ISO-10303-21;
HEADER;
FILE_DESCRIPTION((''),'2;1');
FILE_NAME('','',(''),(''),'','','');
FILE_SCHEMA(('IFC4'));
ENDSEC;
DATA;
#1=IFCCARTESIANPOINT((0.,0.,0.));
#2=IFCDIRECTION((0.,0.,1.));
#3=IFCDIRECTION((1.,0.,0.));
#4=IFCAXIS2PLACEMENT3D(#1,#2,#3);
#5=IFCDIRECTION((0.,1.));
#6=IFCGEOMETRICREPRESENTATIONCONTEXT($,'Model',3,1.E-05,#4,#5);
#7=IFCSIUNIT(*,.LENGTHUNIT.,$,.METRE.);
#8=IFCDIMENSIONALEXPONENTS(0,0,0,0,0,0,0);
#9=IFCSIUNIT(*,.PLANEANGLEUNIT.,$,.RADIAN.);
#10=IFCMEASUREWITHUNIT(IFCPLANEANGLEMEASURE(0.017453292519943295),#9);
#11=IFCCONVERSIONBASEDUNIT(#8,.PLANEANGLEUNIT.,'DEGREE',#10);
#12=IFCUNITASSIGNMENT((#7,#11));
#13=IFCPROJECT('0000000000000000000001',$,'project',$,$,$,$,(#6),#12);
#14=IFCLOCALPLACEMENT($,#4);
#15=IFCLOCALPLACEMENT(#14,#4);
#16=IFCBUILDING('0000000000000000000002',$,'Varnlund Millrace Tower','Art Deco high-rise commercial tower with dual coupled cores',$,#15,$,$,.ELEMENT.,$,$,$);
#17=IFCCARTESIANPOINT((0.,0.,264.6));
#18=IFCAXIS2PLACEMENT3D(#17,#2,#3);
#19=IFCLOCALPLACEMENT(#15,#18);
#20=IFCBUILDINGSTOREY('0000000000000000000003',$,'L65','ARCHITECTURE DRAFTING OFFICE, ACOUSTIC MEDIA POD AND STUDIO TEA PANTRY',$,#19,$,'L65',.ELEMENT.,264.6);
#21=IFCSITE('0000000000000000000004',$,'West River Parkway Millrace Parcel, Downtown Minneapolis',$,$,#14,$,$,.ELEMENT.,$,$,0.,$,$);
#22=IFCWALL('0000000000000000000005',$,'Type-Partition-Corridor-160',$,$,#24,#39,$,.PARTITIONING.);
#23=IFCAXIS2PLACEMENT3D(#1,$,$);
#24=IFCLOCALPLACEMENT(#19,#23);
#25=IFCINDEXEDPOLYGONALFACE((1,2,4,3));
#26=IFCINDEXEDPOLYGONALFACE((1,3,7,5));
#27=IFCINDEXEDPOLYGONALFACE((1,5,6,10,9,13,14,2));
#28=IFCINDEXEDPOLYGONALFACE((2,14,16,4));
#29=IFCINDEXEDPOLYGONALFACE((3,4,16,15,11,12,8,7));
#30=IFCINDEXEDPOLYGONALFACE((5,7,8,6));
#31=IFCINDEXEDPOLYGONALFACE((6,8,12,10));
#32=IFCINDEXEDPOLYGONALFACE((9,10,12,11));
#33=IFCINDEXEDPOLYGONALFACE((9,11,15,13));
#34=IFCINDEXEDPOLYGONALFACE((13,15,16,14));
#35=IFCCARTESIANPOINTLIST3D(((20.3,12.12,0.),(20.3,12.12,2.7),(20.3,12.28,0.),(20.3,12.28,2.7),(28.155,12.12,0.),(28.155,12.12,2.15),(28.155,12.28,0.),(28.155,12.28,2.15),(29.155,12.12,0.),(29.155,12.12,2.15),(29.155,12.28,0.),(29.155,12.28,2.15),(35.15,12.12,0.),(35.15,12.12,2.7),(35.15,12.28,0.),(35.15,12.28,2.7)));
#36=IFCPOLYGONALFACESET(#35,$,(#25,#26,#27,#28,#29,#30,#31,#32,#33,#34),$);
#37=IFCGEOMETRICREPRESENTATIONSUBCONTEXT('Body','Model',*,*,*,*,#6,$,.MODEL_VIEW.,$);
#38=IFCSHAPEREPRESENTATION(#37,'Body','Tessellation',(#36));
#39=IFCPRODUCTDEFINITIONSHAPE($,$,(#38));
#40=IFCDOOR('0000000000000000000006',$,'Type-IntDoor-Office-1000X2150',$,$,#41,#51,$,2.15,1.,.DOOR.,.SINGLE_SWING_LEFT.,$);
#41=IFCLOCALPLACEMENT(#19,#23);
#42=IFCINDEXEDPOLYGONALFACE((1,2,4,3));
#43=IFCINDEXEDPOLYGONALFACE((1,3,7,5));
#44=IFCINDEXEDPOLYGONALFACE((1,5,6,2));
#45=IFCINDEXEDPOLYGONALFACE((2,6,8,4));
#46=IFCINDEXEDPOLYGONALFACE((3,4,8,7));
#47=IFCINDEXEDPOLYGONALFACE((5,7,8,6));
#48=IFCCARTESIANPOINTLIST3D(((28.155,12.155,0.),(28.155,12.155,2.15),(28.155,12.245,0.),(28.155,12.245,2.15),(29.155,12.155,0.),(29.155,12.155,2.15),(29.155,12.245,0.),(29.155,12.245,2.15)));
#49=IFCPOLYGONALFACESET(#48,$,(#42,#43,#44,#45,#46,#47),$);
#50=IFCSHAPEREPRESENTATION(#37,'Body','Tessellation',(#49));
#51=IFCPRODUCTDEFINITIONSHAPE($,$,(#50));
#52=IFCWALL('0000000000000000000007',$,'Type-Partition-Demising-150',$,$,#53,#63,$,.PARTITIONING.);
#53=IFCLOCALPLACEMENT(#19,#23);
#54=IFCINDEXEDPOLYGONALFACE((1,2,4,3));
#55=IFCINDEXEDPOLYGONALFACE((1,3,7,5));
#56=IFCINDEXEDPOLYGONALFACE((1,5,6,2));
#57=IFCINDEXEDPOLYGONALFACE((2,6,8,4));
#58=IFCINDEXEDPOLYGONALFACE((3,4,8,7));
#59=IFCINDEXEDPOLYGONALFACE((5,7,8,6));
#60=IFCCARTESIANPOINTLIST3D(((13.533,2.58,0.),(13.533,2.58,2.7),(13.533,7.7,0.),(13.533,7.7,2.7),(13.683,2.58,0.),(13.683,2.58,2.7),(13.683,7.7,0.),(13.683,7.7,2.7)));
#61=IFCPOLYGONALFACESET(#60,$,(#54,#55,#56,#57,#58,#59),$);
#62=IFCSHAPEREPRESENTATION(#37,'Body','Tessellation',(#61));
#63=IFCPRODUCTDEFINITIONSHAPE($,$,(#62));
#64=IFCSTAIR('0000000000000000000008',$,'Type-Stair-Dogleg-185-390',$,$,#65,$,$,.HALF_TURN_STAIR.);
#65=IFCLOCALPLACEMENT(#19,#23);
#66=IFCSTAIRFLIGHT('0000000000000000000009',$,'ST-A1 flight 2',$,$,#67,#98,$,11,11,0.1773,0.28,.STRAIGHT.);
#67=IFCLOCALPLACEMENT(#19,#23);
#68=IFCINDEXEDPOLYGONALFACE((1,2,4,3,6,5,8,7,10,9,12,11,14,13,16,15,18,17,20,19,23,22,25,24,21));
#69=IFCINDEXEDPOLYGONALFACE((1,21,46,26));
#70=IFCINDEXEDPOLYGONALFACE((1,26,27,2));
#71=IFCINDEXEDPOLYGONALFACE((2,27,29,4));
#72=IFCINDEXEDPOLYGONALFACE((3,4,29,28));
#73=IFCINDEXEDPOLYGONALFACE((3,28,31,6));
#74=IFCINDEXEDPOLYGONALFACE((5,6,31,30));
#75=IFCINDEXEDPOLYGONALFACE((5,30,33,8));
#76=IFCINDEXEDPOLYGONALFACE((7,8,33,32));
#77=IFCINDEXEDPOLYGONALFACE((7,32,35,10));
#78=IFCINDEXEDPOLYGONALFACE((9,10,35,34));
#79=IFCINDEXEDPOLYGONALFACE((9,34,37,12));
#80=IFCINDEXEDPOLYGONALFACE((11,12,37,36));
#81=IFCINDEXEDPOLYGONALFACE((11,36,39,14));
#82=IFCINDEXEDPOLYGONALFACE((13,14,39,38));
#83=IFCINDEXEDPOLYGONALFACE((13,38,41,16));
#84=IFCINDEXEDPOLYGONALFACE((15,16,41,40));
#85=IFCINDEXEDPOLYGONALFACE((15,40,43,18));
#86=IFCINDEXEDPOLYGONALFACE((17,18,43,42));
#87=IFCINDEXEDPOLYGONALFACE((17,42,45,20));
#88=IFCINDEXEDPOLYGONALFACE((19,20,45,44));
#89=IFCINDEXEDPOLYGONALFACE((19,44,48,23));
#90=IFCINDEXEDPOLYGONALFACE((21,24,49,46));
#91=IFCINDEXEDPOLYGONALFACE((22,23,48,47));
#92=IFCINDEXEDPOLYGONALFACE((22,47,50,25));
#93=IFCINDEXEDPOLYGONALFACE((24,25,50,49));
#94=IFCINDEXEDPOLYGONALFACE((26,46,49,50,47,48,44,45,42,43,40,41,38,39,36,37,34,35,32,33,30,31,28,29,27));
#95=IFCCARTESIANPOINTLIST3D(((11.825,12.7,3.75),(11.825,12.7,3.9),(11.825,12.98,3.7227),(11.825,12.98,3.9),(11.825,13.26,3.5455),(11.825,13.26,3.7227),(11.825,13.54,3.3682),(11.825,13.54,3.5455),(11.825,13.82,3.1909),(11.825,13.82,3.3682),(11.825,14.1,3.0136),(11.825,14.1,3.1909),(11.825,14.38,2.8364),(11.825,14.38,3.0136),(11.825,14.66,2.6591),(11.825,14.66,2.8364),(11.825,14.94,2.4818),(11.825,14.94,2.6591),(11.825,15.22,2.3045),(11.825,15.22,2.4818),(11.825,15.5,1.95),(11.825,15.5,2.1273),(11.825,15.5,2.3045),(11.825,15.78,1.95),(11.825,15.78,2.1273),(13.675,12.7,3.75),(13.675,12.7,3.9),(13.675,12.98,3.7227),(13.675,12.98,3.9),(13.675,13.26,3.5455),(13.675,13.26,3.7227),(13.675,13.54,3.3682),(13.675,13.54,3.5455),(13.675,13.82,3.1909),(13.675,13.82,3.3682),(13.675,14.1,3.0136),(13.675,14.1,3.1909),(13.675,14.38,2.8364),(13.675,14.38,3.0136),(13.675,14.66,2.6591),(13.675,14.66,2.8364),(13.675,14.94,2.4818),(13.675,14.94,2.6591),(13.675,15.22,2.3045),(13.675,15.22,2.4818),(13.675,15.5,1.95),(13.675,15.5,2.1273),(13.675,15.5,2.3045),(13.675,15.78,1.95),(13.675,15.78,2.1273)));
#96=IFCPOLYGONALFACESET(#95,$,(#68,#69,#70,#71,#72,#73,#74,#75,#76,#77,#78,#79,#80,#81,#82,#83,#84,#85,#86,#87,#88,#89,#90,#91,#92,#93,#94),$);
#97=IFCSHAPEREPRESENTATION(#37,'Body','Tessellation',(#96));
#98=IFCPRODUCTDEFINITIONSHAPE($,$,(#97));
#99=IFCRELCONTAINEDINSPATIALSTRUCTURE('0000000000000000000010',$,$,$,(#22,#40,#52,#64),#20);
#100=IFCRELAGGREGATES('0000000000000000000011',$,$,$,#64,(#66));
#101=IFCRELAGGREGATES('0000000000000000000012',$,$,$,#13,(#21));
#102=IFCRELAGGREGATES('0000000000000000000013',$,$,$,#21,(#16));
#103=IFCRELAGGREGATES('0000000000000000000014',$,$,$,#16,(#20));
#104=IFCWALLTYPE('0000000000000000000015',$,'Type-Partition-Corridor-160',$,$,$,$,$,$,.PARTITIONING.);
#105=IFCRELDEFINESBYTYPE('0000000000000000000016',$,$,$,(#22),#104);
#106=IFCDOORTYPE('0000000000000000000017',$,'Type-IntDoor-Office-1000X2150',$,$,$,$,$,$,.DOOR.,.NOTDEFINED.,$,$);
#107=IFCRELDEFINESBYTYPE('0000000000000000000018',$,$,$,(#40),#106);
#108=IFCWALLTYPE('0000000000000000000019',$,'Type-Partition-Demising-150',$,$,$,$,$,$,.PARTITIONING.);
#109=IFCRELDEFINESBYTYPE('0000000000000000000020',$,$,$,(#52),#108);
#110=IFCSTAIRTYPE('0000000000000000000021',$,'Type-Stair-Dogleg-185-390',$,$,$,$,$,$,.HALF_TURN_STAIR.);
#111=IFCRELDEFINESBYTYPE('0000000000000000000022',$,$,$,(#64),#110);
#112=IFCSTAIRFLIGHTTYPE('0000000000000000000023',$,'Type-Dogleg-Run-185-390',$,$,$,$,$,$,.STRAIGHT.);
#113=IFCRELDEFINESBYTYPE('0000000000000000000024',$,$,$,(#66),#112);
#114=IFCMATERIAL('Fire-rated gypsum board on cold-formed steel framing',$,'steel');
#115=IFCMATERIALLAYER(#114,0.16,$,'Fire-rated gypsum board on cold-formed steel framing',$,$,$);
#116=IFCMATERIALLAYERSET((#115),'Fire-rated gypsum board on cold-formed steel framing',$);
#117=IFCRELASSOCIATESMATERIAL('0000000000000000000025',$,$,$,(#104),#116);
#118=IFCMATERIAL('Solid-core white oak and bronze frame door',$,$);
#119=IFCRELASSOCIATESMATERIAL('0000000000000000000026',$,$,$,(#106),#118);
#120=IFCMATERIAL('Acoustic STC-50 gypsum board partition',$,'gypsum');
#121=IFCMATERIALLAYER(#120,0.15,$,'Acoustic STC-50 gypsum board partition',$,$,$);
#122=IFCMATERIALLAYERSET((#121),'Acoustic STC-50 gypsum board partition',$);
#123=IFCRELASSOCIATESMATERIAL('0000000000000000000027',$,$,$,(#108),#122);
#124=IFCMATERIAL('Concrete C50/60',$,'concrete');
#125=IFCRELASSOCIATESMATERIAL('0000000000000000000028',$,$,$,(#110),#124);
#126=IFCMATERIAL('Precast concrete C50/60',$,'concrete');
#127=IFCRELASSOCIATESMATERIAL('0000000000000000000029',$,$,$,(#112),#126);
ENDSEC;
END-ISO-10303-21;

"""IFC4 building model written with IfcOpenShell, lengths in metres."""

from ifc_helpers import new_model, entity, si_unit, converted_unit, direction, frame, origin_with_axes, origin_2d_with_axis, place, context, subcontext, project, spatial, polyline, rectangle, outline, extrude, material, layer, layer_set, type_object, element, fill, aggregate, save


model = new_model("IFC4")

# Units and contexts
model_context = context("Model", 3, precision=1e-05, world=origin_with_axes(), true_north=direction((0.0, 1.0)))
body_context = subcontext(model_context, "Body", "Model", "MODEL_VIEW")
ifc_project = project(units=[si_unit("LENGTHUNIT", "METRE"), converted_unit("PLANEANGLEUNIT", "DEGREE", entity("IfcPlaneAngleMeasure", 0.017453292519943295), si_unit("PLANEANGLEUNIT", "RADIAN"), dimensions=[0, 0, 0, 0, 0, 0, 0])], contexts=[model_context])

# Site, building, storey
site_placement = place(None, origin_with_axes())
site = spatial("IfcSite", under=ifc_project, at=site_placement, Name="West River Parkway Millrace Parcel, Downtown Minneapolis", CompositionType="ELEMENT", RefElevation=0.0)
building_placement = place(site_placement, origin_with_axes())
building = spatial("IfcBuilding", under=site, at=building_placement, Name="Varnlund Millrace Tower", Description="Art Deco high-rise commercial tower with dual coupled cores", CompositionType="ELEMENT")
storey_placement = place(building_placement, frame((0.0, 0.0, 264.6), z_axis=(0.0, 0.0, 1.0), x_axis=(1.0, 0.0, 0.0)))
storey = spatial("IfcBuildingStorey", under=building, at=storey_placement, Name="L65", Description="ARCHITECTURE DRAFTING OFFICE, ACOUSTIC MEDIA POD AND STUDIO TEA PANTRY", LongName="L65", CompositionType="ELEMENT", Elevation=264.6)

# Wall, opening, door
ifc_material_1 = material(Name="Fire-rated gypsum board on cold-formed steel framing", Category="steel")
ifc_layer_1 = layer(ifc_material_1, 0.16, Name="Fire-rated gypsum board on cold-formed steel framing")
ifc_layer_set_1 = layer_set([ifc_layer_1], Name="Fire-rated gypsum board on cold-formed steel framing")
wall_type_1 = type_object("IfcWallType", Name="Type-Partition-Corridor-160", PredefinedType="PARTITIONING", material=ifc_layer_set_1)
wall_1_placement = place(storey_placement, frame((20.3, 12.2, 0.0), z_axis=(0.0, 0.0, 1.0), x_axis=(1.0, 0.0, 0.0)))
wall_1 = element("IfcWall", 1, at=wall_1_placement, inside=storey, type_object=wall_type_1, Name="Type-Partition-Corridor-160", PredefinedType="PARTITIONING", context=body_context, shape_type="SweptSolid", body=[
    extrude(outline(polyline([(0.0, -0.08), (14.85, -0.08), (14.85, 0.08), (0.0, 0.08), (0.0, -0.08)])), origin_with_axes(), (0.0, 0.0, 1.0), 2.7),
])
opening_1_placement = place(wall_1_placement, frame((8.355, 0.0, 0.0), z_axis=(0.0, 0.0, 1.0), x_axis=(1.0, 0.0, 0.0)))
opening_1 = element("IfcOpeningElement", 2, at=opening_1_placement, cuts=wall_1, PredefinedType="OPENING", context=body_context, shape_type="SweptSolid", body=[
    extrude(rectangle(XDim=1.0, YDim=0.18, at=origin_2d_with_axis()), origin_with_axes(), (0.0, 0.0, 1.0), 2.15),
])
ifc_material_2 = material(Name="Solid-core white oak and bronze frame door")
door_type = type_object("IfcDoorType", Name="Type-IntDoor-Office-1000X2150", OperationType="NOTDEFINED", PredefinedType="DOOR", material=ifc_material_2)
door_1_placement = place(wall_1_placement, frame((8.355, 0.0, 0.0), z_axis=(0.0, 0.0, 1.0), x_axis=(1.0, 0.0, 0.0)))
door_1 = element("IfcDoor", 3, at=door_1_placement, inside=storey, type_object=door_type, Name="Type-IntDoor-Office-1000X2150", OperationType="SINGLE_SWING_LEFT", OverallHeight=2.15, OverallWidth=1.0, PredefinedType="DOOR", context=body_context, shape_type="SweptSolid", body=[
    extrude(rectangle(XDim=1.0, YDim=0.09, at=origin_2d_with_axis()), origin_with_axes(), (0.0, 0.0, 1.0), 2.15),
])
fill(opening_1, door_1)

# Wall
ifc_material_3 = material(Name="Acoustic STC-50 gypsum board partition", Category="gypsum")
ifc_layer_2 = layer(ifc_material_3, 0.15, Name="Acoustic STC-50 gypsum board partition")
ifc_layer_set_2 = layer_set([ifc_layer_2], Name="Acoustic STC-50 gypsum board partition")
wall_type_2 = type_object("IfcWallType", Name="Type-Partition-Demising-150", PredefinedType="PARTITIONING", material=ifc_layer_set_2)
wall_2_placement = place(storey_placement, frame((13.608, 2.58, 0.0), z_axis=(0.0, 0.0, 1.0), x_axis=(0.0, 1.0, 0.0)))
element("IfcWall", 4, at=wall_2_placement, inside=storey, type_object=wall_type_2, Name="Type-Partition-Demising-150", PredefinedType="PARTITIONING", context=body_context, shape_type="SweptSolid", body=[
    extrude(outline(polyline([(0.0, -0.075), (5.12, -0.075), (5.12, 0.075), (0.0, 0.075), (0.0, -0.075)])), origin_with_axes(), (0.0, 0.0, 1.0), 2.7),
])

# Stair, stair flight
ifc_material_4 = material(Name="Concrete C50/60", Category="concrete")
stair_type = type_object("IfcStairType", Name="Type-Stair-Dogleg-185-390", PredefinedType="HALF_TURN_STAIR", material=ifc_material_4)
stair_placement = place(storey_placement, origin_with_axes())
stair = element("IfcStair", 5, at=stair_placement, inside=storey, type_object=stair_type, Name="Type-Stair-Dogleg-185-390", PredefinedType="HALF_TURN_STAIR")
ifc_material_5 = material(Name="Precast concrete C50/60", Category="concrete")
stair_flight_type = type_object("IfcStairFlightType", Name="Type-Dogleg-Run-185-390", PredefinedType="STRAIGHT", material=ifc_material_5)
stair_flight_placement = place(storey_placement, frame((13.675, 15.78, 1.95), z_axis=(-1.0, 0.0, 0.0), x_axis=(0.0, -1.0, 0.0)))
stair_flight = element("IfcStairFlight", 6, at=stair_flight_placement, type_object=stair_flight_type, Name="ST-A1 flight 2", NumberOfRisers=11, NumberOfTreads=11, PredefinedType="STRAIGHT", RiserHeight=0.1773, TreadLength=0.28, context=body_context, shape_type="SweptSolid", body=[
    extrude(outline(polyline([(0.0, 0.0), (0.0, 0.1773), (0.28, 0.1773), (0.28, 0.3545), (0.56, 0.3545), (0.56, 0.5318), (0.84, 0.5318), (0.84, 0.7091), (1.12, 0.7091), (1.12, 0.8864), (1.4, 0.8864), (1.4, 1.0636), (1.68, 1.0636), (1.68, 1.2409), (1.96, 1.2409), (1.96, 1.4182), (2.24, 1.4182), (2.24, 1.5955), (2.52, 1.5955), (2.52, 1.7727), (2.8, 1.7727), (2.8, 1.95), (3.08, 1.95), (3.08, 1.8), (0.28, 0.0), (0.0, 0.0)])), origin_with_axes(), (0.0, 0.0, 1.0), 1.85),
])
aggregate(stair, [stair_flight])

save(model, "model.ifc")
